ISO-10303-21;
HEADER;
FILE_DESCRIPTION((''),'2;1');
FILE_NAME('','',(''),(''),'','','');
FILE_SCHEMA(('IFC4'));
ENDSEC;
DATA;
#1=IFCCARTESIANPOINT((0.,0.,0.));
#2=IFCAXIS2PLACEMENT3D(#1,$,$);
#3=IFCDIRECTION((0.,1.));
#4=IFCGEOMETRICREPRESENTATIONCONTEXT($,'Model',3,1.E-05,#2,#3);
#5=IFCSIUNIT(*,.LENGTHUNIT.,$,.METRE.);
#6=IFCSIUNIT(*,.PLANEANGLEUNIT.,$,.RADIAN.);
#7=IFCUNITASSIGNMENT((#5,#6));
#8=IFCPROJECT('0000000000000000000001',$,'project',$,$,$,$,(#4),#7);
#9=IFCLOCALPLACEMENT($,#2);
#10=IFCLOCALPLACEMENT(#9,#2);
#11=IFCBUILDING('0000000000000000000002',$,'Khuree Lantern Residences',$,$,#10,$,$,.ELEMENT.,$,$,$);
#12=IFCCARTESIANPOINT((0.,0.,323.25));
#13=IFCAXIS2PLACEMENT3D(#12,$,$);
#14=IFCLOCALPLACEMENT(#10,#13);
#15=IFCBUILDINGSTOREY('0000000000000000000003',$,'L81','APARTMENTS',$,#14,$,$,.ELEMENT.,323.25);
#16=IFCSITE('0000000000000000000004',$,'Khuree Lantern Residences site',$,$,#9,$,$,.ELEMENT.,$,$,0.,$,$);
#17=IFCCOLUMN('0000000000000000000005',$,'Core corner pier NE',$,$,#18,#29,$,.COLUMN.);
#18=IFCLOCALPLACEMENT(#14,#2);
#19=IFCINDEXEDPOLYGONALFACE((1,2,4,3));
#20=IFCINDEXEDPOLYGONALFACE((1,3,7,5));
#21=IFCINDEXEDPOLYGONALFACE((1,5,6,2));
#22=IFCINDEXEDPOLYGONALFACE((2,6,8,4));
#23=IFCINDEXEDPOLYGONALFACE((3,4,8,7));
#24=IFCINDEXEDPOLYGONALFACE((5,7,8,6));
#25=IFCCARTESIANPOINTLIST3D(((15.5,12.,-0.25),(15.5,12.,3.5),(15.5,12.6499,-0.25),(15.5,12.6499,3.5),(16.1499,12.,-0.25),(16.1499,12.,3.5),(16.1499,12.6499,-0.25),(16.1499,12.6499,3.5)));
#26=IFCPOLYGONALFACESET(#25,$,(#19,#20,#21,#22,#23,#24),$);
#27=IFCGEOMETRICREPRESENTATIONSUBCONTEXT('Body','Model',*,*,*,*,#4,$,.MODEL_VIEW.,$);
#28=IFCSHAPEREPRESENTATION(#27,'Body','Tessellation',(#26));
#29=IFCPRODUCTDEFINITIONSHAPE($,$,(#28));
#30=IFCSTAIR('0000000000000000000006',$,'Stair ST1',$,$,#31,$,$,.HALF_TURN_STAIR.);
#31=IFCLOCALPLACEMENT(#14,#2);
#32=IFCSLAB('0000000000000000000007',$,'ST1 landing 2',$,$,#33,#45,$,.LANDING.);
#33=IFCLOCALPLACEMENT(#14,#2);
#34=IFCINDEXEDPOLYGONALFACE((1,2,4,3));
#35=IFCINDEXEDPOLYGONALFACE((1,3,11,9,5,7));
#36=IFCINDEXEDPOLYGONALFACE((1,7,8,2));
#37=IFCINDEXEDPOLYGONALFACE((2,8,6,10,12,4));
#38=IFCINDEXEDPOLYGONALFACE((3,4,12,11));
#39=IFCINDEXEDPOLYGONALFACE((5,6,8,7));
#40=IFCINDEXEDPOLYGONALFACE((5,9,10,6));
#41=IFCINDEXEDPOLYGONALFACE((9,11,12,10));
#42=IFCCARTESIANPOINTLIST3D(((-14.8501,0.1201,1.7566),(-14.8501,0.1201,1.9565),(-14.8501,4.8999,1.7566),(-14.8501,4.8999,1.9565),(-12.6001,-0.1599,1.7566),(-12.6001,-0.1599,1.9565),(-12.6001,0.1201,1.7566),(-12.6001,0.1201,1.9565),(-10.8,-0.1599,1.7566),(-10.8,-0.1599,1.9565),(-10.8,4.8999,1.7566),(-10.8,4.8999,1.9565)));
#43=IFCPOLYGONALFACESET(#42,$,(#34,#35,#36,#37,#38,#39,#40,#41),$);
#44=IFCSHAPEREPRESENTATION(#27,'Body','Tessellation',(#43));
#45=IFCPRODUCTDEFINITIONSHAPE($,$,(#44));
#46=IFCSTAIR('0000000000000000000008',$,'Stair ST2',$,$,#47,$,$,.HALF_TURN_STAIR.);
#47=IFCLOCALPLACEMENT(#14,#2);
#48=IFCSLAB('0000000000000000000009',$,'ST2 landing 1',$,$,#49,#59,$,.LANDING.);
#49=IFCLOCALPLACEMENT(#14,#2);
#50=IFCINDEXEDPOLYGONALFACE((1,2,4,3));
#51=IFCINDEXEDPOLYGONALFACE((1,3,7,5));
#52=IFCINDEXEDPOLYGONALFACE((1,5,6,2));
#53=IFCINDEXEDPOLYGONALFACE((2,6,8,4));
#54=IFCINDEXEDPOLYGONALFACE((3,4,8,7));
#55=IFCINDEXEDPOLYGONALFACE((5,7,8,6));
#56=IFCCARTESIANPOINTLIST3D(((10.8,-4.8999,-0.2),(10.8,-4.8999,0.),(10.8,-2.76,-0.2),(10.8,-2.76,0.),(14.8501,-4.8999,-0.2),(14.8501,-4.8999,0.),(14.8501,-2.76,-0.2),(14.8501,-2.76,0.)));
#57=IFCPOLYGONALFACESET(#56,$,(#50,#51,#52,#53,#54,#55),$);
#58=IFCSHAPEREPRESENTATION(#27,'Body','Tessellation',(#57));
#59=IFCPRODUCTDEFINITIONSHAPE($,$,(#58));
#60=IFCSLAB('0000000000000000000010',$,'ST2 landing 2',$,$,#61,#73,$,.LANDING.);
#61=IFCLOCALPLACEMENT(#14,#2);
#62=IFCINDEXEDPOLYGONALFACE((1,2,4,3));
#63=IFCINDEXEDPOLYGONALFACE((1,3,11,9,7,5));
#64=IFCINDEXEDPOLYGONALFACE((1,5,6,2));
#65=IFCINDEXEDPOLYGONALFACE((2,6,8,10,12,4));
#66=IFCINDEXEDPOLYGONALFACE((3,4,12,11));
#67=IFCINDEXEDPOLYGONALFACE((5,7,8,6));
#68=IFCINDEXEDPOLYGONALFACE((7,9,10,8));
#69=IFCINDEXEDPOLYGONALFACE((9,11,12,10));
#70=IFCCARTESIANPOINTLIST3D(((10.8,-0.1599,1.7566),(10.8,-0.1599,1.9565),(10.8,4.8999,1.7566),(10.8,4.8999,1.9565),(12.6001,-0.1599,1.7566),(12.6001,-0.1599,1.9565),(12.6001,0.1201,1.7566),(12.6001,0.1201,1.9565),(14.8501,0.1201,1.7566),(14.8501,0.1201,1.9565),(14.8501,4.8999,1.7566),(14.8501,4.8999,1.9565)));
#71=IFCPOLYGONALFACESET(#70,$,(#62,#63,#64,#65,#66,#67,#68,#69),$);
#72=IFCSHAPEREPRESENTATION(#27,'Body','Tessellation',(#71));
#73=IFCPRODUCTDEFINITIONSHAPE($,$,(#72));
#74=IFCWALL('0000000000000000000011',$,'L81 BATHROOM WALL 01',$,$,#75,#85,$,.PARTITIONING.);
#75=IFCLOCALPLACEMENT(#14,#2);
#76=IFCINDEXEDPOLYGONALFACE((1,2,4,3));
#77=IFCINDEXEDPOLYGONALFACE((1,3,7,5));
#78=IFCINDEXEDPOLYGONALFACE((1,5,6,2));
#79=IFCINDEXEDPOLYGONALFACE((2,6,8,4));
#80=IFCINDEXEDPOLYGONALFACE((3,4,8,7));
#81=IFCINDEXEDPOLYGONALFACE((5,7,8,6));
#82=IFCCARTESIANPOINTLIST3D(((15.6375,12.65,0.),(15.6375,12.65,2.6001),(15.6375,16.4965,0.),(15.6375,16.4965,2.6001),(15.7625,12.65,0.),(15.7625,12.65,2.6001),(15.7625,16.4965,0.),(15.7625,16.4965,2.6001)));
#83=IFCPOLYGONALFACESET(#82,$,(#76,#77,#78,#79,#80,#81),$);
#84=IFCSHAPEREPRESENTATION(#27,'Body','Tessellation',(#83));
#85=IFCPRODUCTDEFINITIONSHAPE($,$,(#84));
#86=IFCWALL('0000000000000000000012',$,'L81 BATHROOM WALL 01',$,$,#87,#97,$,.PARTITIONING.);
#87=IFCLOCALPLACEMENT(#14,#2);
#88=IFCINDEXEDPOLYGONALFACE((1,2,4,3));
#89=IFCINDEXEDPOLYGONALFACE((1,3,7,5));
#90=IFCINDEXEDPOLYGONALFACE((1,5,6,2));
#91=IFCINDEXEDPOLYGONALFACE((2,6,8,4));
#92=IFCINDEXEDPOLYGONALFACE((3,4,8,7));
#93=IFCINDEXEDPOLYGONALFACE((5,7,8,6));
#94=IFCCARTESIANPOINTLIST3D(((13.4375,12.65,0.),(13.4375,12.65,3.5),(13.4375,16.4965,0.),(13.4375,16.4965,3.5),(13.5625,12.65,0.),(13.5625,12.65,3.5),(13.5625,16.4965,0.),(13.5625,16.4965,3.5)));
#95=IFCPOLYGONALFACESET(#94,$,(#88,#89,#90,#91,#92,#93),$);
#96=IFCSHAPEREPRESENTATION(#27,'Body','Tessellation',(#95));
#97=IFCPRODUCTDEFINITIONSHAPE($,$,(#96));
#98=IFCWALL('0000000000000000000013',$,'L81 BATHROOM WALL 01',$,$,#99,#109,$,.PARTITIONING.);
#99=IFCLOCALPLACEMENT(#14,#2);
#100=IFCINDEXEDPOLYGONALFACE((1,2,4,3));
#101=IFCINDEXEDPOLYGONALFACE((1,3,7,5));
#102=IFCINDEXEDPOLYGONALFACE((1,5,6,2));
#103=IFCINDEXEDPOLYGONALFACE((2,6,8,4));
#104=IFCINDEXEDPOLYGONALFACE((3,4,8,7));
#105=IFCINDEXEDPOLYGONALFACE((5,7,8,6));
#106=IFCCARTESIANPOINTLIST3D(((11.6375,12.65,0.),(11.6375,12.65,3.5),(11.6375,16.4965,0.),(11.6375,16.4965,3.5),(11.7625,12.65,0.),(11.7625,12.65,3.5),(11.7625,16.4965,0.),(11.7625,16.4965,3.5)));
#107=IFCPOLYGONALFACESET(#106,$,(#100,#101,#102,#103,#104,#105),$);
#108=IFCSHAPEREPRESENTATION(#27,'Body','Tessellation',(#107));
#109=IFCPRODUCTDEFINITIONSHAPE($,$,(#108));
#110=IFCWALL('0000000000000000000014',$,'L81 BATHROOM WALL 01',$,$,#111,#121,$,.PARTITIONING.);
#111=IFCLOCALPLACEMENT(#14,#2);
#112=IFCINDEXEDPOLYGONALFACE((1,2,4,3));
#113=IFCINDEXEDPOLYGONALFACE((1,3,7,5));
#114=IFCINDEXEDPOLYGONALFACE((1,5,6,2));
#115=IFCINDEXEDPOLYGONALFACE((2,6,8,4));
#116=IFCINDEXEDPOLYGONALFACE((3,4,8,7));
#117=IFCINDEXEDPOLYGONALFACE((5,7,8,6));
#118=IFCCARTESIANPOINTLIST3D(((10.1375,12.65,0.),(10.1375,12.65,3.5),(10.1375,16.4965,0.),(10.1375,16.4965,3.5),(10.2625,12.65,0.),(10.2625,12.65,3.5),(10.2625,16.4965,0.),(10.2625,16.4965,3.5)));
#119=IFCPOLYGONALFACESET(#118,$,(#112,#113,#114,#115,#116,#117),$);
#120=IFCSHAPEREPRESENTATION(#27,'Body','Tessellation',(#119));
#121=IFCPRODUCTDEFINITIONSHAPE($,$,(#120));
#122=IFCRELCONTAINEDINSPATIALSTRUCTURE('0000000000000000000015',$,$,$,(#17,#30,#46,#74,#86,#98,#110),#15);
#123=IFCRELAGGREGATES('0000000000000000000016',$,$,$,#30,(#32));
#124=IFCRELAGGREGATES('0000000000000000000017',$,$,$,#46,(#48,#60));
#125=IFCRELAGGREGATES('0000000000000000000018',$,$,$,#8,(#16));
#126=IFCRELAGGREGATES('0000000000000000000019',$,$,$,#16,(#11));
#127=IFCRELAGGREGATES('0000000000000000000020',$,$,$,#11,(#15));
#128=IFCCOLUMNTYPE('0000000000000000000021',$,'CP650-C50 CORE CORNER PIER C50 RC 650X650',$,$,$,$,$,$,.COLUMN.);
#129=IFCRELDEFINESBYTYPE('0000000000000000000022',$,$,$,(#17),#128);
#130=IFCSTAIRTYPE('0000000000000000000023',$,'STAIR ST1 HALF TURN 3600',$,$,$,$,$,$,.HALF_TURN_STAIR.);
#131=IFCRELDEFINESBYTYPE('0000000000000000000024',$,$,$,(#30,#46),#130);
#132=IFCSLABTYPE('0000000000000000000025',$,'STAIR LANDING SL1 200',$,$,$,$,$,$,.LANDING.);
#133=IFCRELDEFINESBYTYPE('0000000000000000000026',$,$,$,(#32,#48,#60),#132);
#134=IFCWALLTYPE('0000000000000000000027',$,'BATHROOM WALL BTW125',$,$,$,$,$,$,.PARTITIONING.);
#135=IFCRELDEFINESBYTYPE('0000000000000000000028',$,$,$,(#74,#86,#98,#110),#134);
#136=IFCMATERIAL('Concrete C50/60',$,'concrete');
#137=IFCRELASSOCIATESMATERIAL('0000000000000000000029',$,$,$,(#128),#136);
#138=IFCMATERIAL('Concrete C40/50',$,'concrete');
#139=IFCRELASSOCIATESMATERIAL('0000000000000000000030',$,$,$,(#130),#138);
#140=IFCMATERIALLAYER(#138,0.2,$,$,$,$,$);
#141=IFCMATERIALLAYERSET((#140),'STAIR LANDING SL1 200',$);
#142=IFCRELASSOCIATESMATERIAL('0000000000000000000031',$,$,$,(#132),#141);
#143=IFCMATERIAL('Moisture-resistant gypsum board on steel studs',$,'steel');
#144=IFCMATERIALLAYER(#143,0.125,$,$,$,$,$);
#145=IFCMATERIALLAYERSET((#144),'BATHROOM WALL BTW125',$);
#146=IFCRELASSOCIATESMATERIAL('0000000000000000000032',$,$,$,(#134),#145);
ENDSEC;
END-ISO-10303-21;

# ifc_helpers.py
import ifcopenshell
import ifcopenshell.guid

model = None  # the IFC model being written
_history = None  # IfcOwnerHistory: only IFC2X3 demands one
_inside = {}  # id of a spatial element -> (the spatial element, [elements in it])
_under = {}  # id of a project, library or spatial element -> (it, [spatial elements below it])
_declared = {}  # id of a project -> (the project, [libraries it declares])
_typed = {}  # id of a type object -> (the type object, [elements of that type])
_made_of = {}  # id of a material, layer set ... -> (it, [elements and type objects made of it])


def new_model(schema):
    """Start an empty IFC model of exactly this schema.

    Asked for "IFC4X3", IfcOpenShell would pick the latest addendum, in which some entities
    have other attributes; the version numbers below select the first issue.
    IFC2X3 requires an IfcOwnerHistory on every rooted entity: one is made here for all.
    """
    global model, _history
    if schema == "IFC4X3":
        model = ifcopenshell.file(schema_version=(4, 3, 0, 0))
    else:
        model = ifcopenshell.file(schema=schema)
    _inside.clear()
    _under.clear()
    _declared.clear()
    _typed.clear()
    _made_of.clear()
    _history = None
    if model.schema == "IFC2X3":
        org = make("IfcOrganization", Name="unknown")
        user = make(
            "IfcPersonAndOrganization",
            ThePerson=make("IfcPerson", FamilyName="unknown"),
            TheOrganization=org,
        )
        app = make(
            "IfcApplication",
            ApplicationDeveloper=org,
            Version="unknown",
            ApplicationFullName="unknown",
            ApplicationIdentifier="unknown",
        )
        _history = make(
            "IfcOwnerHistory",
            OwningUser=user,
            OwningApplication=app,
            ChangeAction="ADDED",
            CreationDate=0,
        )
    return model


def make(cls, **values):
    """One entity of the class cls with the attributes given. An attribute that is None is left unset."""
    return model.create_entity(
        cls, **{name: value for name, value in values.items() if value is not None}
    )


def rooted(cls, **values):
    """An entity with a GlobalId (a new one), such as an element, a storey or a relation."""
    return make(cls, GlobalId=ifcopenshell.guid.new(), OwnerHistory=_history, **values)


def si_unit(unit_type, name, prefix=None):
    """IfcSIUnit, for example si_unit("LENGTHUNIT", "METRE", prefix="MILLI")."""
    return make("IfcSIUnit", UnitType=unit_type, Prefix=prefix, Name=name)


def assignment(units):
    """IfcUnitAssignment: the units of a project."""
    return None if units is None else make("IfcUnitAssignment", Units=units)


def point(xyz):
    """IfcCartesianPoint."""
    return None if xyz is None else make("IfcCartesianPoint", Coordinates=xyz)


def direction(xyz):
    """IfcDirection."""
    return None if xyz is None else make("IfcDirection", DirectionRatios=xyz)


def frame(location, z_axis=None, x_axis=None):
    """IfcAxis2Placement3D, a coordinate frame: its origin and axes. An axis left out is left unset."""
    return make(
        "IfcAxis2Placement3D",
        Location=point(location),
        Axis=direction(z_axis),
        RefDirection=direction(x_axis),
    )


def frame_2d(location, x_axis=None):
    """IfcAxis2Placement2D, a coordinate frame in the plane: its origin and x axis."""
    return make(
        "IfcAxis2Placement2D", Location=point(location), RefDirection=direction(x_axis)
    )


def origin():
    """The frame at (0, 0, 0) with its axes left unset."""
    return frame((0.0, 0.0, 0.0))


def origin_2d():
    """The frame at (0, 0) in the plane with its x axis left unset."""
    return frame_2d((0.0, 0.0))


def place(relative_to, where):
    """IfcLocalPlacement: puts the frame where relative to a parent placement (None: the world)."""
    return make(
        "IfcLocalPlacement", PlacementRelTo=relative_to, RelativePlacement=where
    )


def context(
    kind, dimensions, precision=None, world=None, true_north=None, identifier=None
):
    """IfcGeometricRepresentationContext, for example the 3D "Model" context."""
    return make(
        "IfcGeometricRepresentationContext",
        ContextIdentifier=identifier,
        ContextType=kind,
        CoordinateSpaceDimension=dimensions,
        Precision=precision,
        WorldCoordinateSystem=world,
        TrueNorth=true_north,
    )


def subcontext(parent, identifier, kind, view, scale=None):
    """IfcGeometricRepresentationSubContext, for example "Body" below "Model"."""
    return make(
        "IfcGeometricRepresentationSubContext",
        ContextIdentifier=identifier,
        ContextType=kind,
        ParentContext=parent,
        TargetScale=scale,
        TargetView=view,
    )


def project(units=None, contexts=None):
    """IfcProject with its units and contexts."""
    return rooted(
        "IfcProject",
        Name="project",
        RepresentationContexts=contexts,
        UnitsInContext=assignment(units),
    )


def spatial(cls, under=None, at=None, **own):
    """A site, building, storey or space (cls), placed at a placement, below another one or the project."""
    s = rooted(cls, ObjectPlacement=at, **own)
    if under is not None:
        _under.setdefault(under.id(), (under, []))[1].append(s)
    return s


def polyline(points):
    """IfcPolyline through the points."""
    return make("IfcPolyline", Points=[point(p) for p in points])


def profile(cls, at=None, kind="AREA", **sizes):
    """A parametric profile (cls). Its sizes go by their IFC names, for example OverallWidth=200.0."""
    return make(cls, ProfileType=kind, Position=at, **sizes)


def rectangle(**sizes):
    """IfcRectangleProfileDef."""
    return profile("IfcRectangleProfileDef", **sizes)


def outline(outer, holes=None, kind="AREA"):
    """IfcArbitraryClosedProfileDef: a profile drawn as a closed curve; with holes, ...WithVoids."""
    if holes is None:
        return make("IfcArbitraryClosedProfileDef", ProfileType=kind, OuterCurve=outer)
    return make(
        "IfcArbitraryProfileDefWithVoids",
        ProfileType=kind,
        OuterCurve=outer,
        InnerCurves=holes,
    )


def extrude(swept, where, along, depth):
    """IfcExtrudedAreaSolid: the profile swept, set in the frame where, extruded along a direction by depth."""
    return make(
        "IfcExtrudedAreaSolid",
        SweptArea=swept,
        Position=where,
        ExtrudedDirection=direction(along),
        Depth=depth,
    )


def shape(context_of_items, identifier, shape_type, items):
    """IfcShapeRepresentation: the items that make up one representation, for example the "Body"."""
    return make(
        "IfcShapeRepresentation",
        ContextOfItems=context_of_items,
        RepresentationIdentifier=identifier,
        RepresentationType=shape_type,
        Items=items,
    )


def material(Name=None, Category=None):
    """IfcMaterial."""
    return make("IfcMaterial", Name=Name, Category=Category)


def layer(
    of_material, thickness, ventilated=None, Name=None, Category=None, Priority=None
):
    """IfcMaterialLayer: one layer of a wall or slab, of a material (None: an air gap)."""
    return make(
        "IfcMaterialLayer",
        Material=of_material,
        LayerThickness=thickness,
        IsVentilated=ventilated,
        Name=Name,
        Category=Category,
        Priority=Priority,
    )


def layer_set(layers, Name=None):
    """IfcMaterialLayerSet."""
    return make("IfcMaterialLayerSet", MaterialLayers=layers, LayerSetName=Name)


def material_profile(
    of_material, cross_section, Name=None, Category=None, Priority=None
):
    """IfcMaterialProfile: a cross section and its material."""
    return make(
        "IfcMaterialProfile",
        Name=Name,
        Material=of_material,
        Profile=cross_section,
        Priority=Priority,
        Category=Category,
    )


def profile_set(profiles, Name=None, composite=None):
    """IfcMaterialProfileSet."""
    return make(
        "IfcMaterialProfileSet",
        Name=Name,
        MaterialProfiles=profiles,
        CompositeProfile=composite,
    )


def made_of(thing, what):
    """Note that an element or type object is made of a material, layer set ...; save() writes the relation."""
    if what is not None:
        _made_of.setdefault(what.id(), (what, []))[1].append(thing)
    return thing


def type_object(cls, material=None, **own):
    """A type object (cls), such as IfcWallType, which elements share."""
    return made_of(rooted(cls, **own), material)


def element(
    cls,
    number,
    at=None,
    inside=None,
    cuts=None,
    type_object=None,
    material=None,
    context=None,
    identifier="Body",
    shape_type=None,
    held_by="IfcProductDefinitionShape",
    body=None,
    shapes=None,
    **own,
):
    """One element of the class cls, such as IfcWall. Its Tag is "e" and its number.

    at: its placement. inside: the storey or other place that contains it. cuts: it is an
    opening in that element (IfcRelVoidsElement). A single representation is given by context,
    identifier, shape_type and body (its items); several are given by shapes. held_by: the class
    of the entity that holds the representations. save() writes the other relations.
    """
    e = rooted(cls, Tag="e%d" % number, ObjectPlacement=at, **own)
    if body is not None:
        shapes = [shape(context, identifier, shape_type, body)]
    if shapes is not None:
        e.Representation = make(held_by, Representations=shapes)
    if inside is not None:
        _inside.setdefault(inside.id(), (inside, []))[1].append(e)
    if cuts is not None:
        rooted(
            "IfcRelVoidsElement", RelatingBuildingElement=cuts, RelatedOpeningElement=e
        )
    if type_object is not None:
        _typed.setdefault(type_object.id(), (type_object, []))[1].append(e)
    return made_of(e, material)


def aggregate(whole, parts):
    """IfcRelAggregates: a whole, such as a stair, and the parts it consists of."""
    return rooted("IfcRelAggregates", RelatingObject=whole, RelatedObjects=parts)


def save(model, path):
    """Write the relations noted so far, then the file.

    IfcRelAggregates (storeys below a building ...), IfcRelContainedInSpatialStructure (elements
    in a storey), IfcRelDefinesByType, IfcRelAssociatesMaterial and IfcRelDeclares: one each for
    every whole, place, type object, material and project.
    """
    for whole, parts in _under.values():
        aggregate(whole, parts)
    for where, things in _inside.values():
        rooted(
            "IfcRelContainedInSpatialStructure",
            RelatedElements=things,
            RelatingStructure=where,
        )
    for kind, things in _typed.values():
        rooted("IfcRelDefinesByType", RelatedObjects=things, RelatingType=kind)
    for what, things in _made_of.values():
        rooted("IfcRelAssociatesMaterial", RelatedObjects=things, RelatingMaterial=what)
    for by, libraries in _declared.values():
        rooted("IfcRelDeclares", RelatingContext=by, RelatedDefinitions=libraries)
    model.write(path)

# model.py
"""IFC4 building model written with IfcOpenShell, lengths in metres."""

from ifc_helpers import new_model, si_unit, direction, frame, frame_2d, origin, origin_2d, place, context, subcontext, project, spatial, polyline, rectangle, outline, extrude, material, layer, layer_set, material_profile, profile_set, type_object, element, aggregate, save


model = new_model("IFC4")

# Units and contexts
model_context = context("Model", 3, precision=1e-05, world=origin(), true_north=direction((0.0, 1.0)))
body_context = subcontext(model_context, "Body", "Model", "MODEL_VIEW")
ifc_project = project(units=[si_unit("LENGTHUNIT", "METRE"), si_unit("PLANEANGLEUNIT", "RADIAN")], contexts=[model_context])

# Site, building, storey
site_placement = place(None, origin())
site = spatial("IfcSite", under=ifc_project, at=site_placement, Name="Khuree Lantern Residences site", CompositionType="ELEMENT", RefElevation=0.0)
building_placement = place(site_placement, origin())
building = spatial("IfcBuilding", under=site, at=building_placement, Name="Khuree Lantern Residences", CompositionType="ELEMENT")
storey_placement = place(building_placement, frame((0.0, 0.0, 323.25)))
storey = spatial("IfcBuildingStorey", under=building, at=storey_placement, Name="L81", Description="APARTMENTS", CompositionType="ELEMENT", Elevation=323.25)

# Column
ifc_material_1 = material(Name="Concrete C50/60", Category="concrete")
ifc_material_profile = material_profile(ifc_material_1, rectangle(XDim=0.6499, YDim=0.6499, at=origin_2d()), Name="RC 650X650")
ifc_profile_set = profile_set([ifc_material_profile], Name="Concrete C50/60")
column_type = type_object("IfcColumnType", Name="CP650-C50 CORE CORNER PIER C50 RC 650X650", PredefinedType="COLUMN", material=ifc_profile_set)
column_placement = place(storey_placement, frame((15.825, 12.325, -0.25), z_axis=(0.0, 0.0, 1.0), x_axis=(1.0, 0.0, 0.0)))
element("IfcColumn", 1, at=column_placement, inside=storey, type_object=column_type, Name="Core corner pier NE", PredefinedType="COLUMN", context=body_context, shape_type="SweptSolid", body=[
    extrude(rectangle(XDim=0.6499, YDim=0.6499, at=origin_2d()), origin(), (0.0, 0.0, 1.0), 3.75),
])

# Stair, slab
ifc_material_2 = material(Name="Concrete C40/50", Category="concrete")
stair_type = type_object("IfcStairType", Name="STAIR ST1 HALF TURN 3600", PredefinedType="HALF_TURN_STAIR", material=ifc_material_2)
stair_1_placement = place(storey_placement, origin())
stair_1 = element("IfcStair", 2, at=stair_1_placement, inside=storey, type_object=stair_type, Name="Stair ST1", PredefinedType="HALF_TURN_STAIR")
ifc_layer_1 = layer(ifc_material_2, 0.2)
ifc_layer_set_1 = layer_set([ifc_layer_1], Name="STAIR LANDING SL1 200")
slab_type = type_object("IfcSlabType", Name="STAIR LANDING SL1 200", PredefinedType="LANDING", material=ifc_layer_set_1)
slab_1_placement = place(storey_placement, frame((0.0, 0.0, 1.7566)))
slab_1 = element("IfcSlab", 3, at=slab_1_placement, type_object=slab_type, Name="ST1 landing 2", PredefinedType="LANDING", context=body_context, shape_type="SweptSolid", body=[
    extrude(outline(polyline([(-14.8501, 0.1201), (-14.8501, 4.8999), (-10.8, 4.8999), (-10.8, -0.1599), (-12.6001, -0.1599), (-12.6001, 0.1201), (-14.8501, 0.1201)])), origin(), (0.0, 0.0, 1.0), 0.2),
])
aggregate(stair_1, [slab_1])

# Stair, slabs
stair_2_placement = place(storey_placement, origin())
stair_2 = element("IfcStair", 4, at=stair_2_placement, inside=storey, type_object=stair_type, Name="Stair ST2", PredefinedType="HALF_TURN_STAIR")
slab_2_placement = place(storey_placement, frame((0.0, 0.0, -0.2)))
slab_2 = element("IfcSlab", 5, at=slab_2_placement, type_object=slab_type, Name="ST2 landing 1", PredefinedType="LANDING", context=body_context, shape_type="SweptSolid", body=[
    extrude(outline(polyline([(10.8, -4.8999), (14.8501, -4.8999), (14.8501, -2.76), (10.8, -2.76), (10.8, -4.8999)])), origin(), (0.0, 0.0, 1.0), 0.2),
])
slab_3_placement = place(storey_placement, frame((0.0, 0.0, 1.7566)))
slab_3 = element("IfcSlab", 6, at=slab_3_placement, type_object=slab_type, Name="ST2 landing 2", PredefinedType="LANDING", context=body_context, shape_type="SweptSolid", body=[
    extrude(outline(polyline([(14.8501, 4.8999), (14.8501, 0.1201), (12.6001, 0.1201), (12.6001, -0.1599), (10.8, -0.1599), (10.8, 4.8999), (14.8501, 4.8999)])), origin(), (0.0, 0.0, 1.0), 0.2),
])
aggregate(stair_2, [slab_2, slab_3])

# Walls
ifc_material_3 = material(Name="Moisture-resistant gypsum board on steel studs", Category="steel")
ifc_layer_2 = layer(ifc_material_3, 0.125)
ifc_layer_set_2 = layer_set([ifc_layer_2], Name="BATHROOM WALL BTW125")
wall_type_1 = type_object("IfcWallType", Name="BATHROOM WALL BTW125", PredefinedType="PARTITIONING", material=ifc_layer_set_2)
wall_1_placement = place(storey_placement, frame((15.7, 12.6499, 0.0), z_axis=(0.0, 0.0, 1.0), x_axis=(0.0, 1.0, 0.0)))
element("IfcWall", 7, at=wall_1_placement, inside=storey, type_object=wall_type_1, Name="L81 BATHROOM WALL 01", PredefinedType="PARTITIONING", context=body_context, shape_type="SweptSolid", body=[
    extrude(rectangle(XDim=3.8464, YDim=0.125, at=frame_2d((1.9233, 0.0))), origin(), (0.0, 0.0, 1.0), 2.6001),
])
for number, where, z_axis, x_axis, name in (
    (8, (13.5, 12.6499, 0.0), (0.0, 0.0, 1.0), (0.0, 1.0, 0.0), "L81 BATHROOM WALL 01"),
    (9, (11.7, 12.6499, 0.0), (0.0, 0.0, 1.0), (0.0, 1.0, 0.0), "L81 BATHROOM WALL 01"),
    (10, (10.2, 12.6499, 0.0), (0.0, 0.0, 1.0), (0.0, 1.0, 0.0), "L81 BATHROOM WALL 01"),
):
    element("IfcWall", number, at=place(storey_placement, frame(where, z_axis=z_axis, x_axis=x_axis)), inside=storey, type_object=wall_type_1, Name=name, PredefinedType="PARTITIONING", context=body_context, shape_type="SweptSolid", body=[
        extrude(rectangle(XDim=3.8464, YDim=0.125, at=frame_2d((1.9233, 0.0))), origin(), (0.0, 0.0, 1.0), 3.5),
    ])

save(model, "model.ifc")
